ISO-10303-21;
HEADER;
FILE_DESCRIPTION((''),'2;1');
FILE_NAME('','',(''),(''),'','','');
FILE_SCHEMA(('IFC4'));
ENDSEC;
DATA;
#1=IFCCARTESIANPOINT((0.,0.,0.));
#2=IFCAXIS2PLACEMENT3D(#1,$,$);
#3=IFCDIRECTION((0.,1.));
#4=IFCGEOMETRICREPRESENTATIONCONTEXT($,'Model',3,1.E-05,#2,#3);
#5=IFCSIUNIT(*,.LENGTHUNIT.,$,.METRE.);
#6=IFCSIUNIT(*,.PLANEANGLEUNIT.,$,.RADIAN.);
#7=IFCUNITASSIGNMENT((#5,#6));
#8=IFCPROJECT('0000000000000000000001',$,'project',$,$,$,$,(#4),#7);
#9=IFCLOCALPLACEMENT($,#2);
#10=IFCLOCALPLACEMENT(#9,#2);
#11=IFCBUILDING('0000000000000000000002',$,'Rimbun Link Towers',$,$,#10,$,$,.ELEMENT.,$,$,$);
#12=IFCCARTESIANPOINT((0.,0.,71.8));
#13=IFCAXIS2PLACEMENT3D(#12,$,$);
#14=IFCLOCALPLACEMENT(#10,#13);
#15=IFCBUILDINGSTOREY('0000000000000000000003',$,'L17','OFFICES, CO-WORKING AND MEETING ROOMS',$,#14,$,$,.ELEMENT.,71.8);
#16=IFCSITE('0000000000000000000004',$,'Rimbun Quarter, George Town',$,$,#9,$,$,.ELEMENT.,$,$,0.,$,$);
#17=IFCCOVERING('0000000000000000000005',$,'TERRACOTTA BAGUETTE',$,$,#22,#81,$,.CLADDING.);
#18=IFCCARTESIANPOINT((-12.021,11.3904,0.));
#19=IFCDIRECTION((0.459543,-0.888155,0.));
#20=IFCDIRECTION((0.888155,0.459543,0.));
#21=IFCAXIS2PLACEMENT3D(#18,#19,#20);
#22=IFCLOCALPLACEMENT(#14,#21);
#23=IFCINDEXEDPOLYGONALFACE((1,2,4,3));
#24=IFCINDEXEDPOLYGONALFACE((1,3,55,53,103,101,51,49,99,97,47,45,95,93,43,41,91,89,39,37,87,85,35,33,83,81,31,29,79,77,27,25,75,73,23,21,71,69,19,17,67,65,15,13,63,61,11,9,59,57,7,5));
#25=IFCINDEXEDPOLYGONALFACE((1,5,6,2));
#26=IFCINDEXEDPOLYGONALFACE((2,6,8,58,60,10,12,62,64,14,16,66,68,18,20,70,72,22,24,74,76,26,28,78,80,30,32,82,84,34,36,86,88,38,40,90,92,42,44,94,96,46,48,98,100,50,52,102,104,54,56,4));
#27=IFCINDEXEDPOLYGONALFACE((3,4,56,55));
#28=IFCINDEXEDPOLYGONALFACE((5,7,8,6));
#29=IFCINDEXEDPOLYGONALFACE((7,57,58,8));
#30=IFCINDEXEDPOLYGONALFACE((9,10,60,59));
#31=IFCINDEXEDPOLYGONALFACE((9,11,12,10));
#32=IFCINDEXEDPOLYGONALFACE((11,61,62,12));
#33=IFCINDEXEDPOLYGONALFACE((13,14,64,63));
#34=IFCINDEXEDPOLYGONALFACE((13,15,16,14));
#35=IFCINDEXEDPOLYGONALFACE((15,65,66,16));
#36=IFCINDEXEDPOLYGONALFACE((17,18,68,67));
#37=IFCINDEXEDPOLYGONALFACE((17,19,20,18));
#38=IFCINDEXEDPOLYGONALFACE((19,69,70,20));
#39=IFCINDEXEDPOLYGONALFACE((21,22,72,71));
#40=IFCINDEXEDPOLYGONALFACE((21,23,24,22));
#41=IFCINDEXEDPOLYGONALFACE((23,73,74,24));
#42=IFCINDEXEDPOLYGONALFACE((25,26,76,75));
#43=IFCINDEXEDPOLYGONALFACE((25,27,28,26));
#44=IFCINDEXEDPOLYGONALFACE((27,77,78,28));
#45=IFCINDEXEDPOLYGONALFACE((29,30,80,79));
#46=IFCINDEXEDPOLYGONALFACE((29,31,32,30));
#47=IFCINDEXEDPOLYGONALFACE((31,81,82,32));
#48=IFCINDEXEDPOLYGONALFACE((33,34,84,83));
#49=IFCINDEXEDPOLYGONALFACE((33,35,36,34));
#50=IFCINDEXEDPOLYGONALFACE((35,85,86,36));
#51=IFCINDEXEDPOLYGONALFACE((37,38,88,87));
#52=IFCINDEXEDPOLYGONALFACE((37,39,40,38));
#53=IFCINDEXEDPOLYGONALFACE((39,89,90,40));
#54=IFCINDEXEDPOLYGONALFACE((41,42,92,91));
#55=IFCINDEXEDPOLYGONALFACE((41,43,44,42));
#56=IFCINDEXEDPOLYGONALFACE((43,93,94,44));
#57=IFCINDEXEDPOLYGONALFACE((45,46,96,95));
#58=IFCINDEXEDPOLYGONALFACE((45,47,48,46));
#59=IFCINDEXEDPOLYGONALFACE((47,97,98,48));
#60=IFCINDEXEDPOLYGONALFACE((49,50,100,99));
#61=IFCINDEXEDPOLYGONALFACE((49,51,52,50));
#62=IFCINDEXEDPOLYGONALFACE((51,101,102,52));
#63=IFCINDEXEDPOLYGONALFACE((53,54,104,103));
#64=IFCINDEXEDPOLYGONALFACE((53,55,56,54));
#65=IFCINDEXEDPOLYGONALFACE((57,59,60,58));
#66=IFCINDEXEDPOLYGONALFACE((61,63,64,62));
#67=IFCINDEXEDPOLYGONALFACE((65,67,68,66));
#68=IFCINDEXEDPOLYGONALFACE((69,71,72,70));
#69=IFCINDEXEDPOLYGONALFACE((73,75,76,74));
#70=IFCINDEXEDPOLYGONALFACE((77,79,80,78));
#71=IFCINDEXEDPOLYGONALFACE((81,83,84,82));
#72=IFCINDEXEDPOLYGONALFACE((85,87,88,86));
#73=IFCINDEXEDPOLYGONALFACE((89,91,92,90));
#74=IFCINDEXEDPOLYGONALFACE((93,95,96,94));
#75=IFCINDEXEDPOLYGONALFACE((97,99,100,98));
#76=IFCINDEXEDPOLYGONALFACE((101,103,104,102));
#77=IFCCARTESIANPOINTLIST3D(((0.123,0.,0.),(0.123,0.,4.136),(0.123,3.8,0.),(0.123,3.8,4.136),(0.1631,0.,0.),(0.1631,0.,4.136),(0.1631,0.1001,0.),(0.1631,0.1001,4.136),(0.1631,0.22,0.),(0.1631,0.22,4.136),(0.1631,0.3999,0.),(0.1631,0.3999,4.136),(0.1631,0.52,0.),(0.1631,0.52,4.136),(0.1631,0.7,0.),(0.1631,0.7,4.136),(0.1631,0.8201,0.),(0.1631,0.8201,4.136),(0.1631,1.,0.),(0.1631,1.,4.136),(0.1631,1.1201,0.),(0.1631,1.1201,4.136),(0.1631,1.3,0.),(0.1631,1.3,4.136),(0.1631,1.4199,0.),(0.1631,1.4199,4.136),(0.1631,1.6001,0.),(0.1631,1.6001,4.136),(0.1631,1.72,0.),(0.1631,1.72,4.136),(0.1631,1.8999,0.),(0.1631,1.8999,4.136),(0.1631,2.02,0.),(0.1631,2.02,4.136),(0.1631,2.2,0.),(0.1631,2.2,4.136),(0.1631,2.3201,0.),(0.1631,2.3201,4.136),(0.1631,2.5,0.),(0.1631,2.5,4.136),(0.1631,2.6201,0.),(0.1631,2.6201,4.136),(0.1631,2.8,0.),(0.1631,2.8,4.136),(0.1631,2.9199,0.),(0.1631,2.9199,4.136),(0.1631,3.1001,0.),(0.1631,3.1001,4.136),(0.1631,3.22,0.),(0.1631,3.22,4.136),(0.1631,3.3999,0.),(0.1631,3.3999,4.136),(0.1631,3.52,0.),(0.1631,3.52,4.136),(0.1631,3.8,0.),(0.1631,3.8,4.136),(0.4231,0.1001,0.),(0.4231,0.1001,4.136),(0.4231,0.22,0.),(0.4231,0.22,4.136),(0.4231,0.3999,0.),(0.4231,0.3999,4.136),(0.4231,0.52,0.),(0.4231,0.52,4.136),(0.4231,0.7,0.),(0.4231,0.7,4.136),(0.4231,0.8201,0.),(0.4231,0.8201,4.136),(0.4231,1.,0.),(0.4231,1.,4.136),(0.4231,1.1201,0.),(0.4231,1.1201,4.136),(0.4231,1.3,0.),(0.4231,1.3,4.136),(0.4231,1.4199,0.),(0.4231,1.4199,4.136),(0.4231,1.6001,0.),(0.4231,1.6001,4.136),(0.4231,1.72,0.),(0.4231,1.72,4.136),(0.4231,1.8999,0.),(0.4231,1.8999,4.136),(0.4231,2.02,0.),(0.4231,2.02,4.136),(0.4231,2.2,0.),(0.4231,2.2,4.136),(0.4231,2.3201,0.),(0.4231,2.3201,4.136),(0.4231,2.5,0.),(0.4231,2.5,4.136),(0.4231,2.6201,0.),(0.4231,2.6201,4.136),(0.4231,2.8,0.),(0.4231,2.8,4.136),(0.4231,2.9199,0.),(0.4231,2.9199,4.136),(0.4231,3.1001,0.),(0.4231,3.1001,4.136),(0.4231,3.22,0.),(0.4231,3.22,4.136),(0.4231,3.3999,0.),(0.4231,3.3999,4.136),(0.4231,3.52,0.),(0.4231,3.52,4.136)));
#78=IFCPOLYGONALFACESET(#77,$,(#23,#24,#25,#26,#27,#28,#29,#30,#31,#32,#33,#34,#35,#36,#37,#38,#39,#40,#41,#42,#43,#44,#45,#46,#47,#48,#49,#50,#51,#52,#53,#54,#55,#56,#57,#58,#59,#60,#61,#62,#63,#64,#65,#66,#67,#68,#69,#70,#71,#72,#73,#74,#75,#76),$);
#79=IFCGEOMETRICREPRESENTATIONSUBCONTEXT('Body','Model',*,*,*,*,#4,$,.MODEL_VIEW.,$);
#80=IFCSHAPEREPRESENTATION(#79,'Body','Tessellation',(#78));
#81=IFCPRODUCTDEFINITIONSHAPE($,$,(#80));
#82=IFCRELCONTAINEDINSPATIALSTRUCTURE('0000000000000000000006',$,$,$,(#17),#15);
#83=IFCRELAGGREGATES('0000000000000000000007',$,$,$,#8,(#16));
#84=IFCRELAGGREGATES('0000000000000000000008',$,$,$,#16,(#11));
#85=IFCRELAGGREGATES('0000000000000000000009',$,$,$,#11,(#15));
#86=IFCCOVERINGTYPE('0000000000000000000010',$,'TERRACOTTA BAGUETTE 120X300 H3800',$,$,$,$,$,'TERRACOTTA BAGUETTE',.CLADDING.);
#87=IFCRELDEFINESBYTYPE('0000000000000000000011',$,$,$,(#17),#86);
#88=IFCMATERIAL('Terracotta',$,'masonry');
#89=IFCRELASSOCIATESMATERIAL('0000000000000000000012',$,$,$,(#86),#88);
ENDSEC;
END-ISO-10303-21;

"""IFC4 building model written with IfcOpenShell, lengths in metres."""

from ifc_helpers import new_model, si_unit, direction, frame, origin, place, context, subcontext, project, spatial, polyline, outline, extrude, material, material_profile, profile_set, type_object, element, save


model = new_model("IFC4")

# Units and contexts
model_context = context("Model", 3, precision=1e-05, world=origin(), true_north=direction((0.0, 1.0)))
body_context = subcontext(model_context, "Body", "Model", "MODEL_VIEW")
ifc_project = project(units=[si_unit("LENGTHUNIT", "METRE"), si_unit("PLANEANGLEUNIT", "RADIAN")], contexts=[model_context])

# Site, building, storey
site_placement = place(None, origin())
site = spatial("IfcSite", under=ifc_project, at=site_placement, Name="Rimbun Quarter, George Town", CompositionType="ELEMENT", RefElevation=0.0)
building_placement = place(site_placement, origin())
building = spatial("IfcBuilding", under=site, at=building_placement, Name="Rimbun Link Towers", CompositionType="ELEMENT")
storey_placement = place(building_placement, frame((0.0, 0.0, 71.8)))
storey = spatial("IfcBuildingStorey", under=building, at=storey_placement, Name="L17", Description="OFFICES, CO-WORKING AND MEETING ROOMS", CompositionType="ELEMENT", Elevation=71.8)

# Covering
ifc_material_1 = material(Name="Terracotta", Category="masonry")
ifc_material_profile_1 = material_profile(ifc_material_1, outline(polyline([(0.123, 0.0), (0.1631, 0.0), (0.1631, 0.1001), (0.4231, 0.1001), (0.4231, 0.22), (0.1631, 0.22), (0.1631, 0.3999), (0.4231, 0.3999), (0.4231, 0.52), (0.1631, 0.52), (0.1631, 0.7), (0.4231, 0.7), (0.4231, 0.8201), (0.1631, 0.8201), (0.1631, 1.0), (0.4231, 1.0), (0.4231, 1.1201), (0.1631, 1.1201), (0.1631, 1.3), (0.4231, 1.3), (0.4231, 1.4199), (0.1631, 1.4199), (0.1631, 1.6001), (0.4231, 1.6001), (0.4231, 1.72), (0.1631, 1.72), (0.1631, 1.8999), (0.4231, 1.8999), (0.4231, 2.02), (0.1631, 2.02), (0.1631, 2.2), (0.4231, 2.2), (0.4231, 2.3201), (0.1631, 2.3201), (0.1631, 2.5), (0.4231, 2.5), (0.4231, 2.6201), (0.1631, 2.6201), (0.1631, 2.8), (0.4231, 2.8), (0.4231, 2.9199), (0.1631, 2.9199), (0.1631, 3.1001), (0.4231, 3.1001), (0.4231, 3.22), (0.1631, 3.22), (0.1631, 3.3999), (0.4231, 3.3999), (0.4231, 3.52), (0.1631, 3.52), (0.1631, 3.8), (0.123, 3.8), (0.123, 0.0)])), Name="BAGUETTE 120X300")
ifc_profile_set_1 = profile_set([ifc_material_profile_1], Name="Terracotta")
covering_type_1 = type_object("IfcCoveringType", Name="TERRACOTTA BAGUETTE 120X300 H3800", ElementType="TERRACOTTA BAGUETTE", PredefinedType="CLADDING", material=ifc_profile_set_1)
covering_1_placement = place(storey_placement, frame((-12.021, 11.3904, 0.0), z_axis=(0.459543, -0.888155, 0.0), x_axis=(0.888155, 0.459543, 0.0)))
element("IfcCovering", 1, at=covering_1_placement, inside=storey, type_object=covering_type_1, Name="TERRACOTTA BAGUETTE", PredefinedType="CLADDING", context=body_context, shape_type="SweptSolid", body=[
    extrude(outline(polyline([(0.123, 0.0), (0.1631, 0.0), (0.1631, 0.1001), (0.4231, 0.1001), (0.4231, 0.22), (0.1631, 0.22), (0.1631, 0.3999), (0.4231, 0.3999), (0.4231, 0.52), (0.1631, 0.52), (0.1631, 0.7), (0.4231, 0.7), (0.4231, 0.8201), (0.1631, 0.8201), (0.1631, 1.0), (0.4231, 1.0), (0.4231, 1.1201), (0.1631, 1.1201), (0.1631, 1.3), (0.4231, 1.3), (0.4231, 1.4199), (0.1631, 1.4199), (0.1631, 1.6001), (0.4231, 1.6001), (0.4231, 1.72), (0.1631, 1.72), (0.1631, 1.8999), (0.4231, 1.8999), (0.4231, 2.02), (0.1631, 2.02), (0.1631, 2.2), (0.4231, 2.2), (0.4231, 2.3201), (0.1631, 2.3201), (0.1631, 2.5), (0.4231, 2.5), (0.4231, 2.6201), (0.1631, 2.6201), (0.1631, 2.8), (0.4231, 2.8), (0.4231, 2.9199), (0.1631, 2.9199), (0.1631, 3.1001), (0.4231, 3.1001), (0.4231, 3.22), (0.1631, 3.22), (0.1631, 3.3999), (0.4231, 3.3999), (0.4231, 3.52), (0.1631, 3.52), (0.1631, 3.8), (0.123, 3.8), (0.123, 0.0)])), origin(), (0.0, 0.0, 1.0), 4.136),
])

save(model, "model.ifc")
